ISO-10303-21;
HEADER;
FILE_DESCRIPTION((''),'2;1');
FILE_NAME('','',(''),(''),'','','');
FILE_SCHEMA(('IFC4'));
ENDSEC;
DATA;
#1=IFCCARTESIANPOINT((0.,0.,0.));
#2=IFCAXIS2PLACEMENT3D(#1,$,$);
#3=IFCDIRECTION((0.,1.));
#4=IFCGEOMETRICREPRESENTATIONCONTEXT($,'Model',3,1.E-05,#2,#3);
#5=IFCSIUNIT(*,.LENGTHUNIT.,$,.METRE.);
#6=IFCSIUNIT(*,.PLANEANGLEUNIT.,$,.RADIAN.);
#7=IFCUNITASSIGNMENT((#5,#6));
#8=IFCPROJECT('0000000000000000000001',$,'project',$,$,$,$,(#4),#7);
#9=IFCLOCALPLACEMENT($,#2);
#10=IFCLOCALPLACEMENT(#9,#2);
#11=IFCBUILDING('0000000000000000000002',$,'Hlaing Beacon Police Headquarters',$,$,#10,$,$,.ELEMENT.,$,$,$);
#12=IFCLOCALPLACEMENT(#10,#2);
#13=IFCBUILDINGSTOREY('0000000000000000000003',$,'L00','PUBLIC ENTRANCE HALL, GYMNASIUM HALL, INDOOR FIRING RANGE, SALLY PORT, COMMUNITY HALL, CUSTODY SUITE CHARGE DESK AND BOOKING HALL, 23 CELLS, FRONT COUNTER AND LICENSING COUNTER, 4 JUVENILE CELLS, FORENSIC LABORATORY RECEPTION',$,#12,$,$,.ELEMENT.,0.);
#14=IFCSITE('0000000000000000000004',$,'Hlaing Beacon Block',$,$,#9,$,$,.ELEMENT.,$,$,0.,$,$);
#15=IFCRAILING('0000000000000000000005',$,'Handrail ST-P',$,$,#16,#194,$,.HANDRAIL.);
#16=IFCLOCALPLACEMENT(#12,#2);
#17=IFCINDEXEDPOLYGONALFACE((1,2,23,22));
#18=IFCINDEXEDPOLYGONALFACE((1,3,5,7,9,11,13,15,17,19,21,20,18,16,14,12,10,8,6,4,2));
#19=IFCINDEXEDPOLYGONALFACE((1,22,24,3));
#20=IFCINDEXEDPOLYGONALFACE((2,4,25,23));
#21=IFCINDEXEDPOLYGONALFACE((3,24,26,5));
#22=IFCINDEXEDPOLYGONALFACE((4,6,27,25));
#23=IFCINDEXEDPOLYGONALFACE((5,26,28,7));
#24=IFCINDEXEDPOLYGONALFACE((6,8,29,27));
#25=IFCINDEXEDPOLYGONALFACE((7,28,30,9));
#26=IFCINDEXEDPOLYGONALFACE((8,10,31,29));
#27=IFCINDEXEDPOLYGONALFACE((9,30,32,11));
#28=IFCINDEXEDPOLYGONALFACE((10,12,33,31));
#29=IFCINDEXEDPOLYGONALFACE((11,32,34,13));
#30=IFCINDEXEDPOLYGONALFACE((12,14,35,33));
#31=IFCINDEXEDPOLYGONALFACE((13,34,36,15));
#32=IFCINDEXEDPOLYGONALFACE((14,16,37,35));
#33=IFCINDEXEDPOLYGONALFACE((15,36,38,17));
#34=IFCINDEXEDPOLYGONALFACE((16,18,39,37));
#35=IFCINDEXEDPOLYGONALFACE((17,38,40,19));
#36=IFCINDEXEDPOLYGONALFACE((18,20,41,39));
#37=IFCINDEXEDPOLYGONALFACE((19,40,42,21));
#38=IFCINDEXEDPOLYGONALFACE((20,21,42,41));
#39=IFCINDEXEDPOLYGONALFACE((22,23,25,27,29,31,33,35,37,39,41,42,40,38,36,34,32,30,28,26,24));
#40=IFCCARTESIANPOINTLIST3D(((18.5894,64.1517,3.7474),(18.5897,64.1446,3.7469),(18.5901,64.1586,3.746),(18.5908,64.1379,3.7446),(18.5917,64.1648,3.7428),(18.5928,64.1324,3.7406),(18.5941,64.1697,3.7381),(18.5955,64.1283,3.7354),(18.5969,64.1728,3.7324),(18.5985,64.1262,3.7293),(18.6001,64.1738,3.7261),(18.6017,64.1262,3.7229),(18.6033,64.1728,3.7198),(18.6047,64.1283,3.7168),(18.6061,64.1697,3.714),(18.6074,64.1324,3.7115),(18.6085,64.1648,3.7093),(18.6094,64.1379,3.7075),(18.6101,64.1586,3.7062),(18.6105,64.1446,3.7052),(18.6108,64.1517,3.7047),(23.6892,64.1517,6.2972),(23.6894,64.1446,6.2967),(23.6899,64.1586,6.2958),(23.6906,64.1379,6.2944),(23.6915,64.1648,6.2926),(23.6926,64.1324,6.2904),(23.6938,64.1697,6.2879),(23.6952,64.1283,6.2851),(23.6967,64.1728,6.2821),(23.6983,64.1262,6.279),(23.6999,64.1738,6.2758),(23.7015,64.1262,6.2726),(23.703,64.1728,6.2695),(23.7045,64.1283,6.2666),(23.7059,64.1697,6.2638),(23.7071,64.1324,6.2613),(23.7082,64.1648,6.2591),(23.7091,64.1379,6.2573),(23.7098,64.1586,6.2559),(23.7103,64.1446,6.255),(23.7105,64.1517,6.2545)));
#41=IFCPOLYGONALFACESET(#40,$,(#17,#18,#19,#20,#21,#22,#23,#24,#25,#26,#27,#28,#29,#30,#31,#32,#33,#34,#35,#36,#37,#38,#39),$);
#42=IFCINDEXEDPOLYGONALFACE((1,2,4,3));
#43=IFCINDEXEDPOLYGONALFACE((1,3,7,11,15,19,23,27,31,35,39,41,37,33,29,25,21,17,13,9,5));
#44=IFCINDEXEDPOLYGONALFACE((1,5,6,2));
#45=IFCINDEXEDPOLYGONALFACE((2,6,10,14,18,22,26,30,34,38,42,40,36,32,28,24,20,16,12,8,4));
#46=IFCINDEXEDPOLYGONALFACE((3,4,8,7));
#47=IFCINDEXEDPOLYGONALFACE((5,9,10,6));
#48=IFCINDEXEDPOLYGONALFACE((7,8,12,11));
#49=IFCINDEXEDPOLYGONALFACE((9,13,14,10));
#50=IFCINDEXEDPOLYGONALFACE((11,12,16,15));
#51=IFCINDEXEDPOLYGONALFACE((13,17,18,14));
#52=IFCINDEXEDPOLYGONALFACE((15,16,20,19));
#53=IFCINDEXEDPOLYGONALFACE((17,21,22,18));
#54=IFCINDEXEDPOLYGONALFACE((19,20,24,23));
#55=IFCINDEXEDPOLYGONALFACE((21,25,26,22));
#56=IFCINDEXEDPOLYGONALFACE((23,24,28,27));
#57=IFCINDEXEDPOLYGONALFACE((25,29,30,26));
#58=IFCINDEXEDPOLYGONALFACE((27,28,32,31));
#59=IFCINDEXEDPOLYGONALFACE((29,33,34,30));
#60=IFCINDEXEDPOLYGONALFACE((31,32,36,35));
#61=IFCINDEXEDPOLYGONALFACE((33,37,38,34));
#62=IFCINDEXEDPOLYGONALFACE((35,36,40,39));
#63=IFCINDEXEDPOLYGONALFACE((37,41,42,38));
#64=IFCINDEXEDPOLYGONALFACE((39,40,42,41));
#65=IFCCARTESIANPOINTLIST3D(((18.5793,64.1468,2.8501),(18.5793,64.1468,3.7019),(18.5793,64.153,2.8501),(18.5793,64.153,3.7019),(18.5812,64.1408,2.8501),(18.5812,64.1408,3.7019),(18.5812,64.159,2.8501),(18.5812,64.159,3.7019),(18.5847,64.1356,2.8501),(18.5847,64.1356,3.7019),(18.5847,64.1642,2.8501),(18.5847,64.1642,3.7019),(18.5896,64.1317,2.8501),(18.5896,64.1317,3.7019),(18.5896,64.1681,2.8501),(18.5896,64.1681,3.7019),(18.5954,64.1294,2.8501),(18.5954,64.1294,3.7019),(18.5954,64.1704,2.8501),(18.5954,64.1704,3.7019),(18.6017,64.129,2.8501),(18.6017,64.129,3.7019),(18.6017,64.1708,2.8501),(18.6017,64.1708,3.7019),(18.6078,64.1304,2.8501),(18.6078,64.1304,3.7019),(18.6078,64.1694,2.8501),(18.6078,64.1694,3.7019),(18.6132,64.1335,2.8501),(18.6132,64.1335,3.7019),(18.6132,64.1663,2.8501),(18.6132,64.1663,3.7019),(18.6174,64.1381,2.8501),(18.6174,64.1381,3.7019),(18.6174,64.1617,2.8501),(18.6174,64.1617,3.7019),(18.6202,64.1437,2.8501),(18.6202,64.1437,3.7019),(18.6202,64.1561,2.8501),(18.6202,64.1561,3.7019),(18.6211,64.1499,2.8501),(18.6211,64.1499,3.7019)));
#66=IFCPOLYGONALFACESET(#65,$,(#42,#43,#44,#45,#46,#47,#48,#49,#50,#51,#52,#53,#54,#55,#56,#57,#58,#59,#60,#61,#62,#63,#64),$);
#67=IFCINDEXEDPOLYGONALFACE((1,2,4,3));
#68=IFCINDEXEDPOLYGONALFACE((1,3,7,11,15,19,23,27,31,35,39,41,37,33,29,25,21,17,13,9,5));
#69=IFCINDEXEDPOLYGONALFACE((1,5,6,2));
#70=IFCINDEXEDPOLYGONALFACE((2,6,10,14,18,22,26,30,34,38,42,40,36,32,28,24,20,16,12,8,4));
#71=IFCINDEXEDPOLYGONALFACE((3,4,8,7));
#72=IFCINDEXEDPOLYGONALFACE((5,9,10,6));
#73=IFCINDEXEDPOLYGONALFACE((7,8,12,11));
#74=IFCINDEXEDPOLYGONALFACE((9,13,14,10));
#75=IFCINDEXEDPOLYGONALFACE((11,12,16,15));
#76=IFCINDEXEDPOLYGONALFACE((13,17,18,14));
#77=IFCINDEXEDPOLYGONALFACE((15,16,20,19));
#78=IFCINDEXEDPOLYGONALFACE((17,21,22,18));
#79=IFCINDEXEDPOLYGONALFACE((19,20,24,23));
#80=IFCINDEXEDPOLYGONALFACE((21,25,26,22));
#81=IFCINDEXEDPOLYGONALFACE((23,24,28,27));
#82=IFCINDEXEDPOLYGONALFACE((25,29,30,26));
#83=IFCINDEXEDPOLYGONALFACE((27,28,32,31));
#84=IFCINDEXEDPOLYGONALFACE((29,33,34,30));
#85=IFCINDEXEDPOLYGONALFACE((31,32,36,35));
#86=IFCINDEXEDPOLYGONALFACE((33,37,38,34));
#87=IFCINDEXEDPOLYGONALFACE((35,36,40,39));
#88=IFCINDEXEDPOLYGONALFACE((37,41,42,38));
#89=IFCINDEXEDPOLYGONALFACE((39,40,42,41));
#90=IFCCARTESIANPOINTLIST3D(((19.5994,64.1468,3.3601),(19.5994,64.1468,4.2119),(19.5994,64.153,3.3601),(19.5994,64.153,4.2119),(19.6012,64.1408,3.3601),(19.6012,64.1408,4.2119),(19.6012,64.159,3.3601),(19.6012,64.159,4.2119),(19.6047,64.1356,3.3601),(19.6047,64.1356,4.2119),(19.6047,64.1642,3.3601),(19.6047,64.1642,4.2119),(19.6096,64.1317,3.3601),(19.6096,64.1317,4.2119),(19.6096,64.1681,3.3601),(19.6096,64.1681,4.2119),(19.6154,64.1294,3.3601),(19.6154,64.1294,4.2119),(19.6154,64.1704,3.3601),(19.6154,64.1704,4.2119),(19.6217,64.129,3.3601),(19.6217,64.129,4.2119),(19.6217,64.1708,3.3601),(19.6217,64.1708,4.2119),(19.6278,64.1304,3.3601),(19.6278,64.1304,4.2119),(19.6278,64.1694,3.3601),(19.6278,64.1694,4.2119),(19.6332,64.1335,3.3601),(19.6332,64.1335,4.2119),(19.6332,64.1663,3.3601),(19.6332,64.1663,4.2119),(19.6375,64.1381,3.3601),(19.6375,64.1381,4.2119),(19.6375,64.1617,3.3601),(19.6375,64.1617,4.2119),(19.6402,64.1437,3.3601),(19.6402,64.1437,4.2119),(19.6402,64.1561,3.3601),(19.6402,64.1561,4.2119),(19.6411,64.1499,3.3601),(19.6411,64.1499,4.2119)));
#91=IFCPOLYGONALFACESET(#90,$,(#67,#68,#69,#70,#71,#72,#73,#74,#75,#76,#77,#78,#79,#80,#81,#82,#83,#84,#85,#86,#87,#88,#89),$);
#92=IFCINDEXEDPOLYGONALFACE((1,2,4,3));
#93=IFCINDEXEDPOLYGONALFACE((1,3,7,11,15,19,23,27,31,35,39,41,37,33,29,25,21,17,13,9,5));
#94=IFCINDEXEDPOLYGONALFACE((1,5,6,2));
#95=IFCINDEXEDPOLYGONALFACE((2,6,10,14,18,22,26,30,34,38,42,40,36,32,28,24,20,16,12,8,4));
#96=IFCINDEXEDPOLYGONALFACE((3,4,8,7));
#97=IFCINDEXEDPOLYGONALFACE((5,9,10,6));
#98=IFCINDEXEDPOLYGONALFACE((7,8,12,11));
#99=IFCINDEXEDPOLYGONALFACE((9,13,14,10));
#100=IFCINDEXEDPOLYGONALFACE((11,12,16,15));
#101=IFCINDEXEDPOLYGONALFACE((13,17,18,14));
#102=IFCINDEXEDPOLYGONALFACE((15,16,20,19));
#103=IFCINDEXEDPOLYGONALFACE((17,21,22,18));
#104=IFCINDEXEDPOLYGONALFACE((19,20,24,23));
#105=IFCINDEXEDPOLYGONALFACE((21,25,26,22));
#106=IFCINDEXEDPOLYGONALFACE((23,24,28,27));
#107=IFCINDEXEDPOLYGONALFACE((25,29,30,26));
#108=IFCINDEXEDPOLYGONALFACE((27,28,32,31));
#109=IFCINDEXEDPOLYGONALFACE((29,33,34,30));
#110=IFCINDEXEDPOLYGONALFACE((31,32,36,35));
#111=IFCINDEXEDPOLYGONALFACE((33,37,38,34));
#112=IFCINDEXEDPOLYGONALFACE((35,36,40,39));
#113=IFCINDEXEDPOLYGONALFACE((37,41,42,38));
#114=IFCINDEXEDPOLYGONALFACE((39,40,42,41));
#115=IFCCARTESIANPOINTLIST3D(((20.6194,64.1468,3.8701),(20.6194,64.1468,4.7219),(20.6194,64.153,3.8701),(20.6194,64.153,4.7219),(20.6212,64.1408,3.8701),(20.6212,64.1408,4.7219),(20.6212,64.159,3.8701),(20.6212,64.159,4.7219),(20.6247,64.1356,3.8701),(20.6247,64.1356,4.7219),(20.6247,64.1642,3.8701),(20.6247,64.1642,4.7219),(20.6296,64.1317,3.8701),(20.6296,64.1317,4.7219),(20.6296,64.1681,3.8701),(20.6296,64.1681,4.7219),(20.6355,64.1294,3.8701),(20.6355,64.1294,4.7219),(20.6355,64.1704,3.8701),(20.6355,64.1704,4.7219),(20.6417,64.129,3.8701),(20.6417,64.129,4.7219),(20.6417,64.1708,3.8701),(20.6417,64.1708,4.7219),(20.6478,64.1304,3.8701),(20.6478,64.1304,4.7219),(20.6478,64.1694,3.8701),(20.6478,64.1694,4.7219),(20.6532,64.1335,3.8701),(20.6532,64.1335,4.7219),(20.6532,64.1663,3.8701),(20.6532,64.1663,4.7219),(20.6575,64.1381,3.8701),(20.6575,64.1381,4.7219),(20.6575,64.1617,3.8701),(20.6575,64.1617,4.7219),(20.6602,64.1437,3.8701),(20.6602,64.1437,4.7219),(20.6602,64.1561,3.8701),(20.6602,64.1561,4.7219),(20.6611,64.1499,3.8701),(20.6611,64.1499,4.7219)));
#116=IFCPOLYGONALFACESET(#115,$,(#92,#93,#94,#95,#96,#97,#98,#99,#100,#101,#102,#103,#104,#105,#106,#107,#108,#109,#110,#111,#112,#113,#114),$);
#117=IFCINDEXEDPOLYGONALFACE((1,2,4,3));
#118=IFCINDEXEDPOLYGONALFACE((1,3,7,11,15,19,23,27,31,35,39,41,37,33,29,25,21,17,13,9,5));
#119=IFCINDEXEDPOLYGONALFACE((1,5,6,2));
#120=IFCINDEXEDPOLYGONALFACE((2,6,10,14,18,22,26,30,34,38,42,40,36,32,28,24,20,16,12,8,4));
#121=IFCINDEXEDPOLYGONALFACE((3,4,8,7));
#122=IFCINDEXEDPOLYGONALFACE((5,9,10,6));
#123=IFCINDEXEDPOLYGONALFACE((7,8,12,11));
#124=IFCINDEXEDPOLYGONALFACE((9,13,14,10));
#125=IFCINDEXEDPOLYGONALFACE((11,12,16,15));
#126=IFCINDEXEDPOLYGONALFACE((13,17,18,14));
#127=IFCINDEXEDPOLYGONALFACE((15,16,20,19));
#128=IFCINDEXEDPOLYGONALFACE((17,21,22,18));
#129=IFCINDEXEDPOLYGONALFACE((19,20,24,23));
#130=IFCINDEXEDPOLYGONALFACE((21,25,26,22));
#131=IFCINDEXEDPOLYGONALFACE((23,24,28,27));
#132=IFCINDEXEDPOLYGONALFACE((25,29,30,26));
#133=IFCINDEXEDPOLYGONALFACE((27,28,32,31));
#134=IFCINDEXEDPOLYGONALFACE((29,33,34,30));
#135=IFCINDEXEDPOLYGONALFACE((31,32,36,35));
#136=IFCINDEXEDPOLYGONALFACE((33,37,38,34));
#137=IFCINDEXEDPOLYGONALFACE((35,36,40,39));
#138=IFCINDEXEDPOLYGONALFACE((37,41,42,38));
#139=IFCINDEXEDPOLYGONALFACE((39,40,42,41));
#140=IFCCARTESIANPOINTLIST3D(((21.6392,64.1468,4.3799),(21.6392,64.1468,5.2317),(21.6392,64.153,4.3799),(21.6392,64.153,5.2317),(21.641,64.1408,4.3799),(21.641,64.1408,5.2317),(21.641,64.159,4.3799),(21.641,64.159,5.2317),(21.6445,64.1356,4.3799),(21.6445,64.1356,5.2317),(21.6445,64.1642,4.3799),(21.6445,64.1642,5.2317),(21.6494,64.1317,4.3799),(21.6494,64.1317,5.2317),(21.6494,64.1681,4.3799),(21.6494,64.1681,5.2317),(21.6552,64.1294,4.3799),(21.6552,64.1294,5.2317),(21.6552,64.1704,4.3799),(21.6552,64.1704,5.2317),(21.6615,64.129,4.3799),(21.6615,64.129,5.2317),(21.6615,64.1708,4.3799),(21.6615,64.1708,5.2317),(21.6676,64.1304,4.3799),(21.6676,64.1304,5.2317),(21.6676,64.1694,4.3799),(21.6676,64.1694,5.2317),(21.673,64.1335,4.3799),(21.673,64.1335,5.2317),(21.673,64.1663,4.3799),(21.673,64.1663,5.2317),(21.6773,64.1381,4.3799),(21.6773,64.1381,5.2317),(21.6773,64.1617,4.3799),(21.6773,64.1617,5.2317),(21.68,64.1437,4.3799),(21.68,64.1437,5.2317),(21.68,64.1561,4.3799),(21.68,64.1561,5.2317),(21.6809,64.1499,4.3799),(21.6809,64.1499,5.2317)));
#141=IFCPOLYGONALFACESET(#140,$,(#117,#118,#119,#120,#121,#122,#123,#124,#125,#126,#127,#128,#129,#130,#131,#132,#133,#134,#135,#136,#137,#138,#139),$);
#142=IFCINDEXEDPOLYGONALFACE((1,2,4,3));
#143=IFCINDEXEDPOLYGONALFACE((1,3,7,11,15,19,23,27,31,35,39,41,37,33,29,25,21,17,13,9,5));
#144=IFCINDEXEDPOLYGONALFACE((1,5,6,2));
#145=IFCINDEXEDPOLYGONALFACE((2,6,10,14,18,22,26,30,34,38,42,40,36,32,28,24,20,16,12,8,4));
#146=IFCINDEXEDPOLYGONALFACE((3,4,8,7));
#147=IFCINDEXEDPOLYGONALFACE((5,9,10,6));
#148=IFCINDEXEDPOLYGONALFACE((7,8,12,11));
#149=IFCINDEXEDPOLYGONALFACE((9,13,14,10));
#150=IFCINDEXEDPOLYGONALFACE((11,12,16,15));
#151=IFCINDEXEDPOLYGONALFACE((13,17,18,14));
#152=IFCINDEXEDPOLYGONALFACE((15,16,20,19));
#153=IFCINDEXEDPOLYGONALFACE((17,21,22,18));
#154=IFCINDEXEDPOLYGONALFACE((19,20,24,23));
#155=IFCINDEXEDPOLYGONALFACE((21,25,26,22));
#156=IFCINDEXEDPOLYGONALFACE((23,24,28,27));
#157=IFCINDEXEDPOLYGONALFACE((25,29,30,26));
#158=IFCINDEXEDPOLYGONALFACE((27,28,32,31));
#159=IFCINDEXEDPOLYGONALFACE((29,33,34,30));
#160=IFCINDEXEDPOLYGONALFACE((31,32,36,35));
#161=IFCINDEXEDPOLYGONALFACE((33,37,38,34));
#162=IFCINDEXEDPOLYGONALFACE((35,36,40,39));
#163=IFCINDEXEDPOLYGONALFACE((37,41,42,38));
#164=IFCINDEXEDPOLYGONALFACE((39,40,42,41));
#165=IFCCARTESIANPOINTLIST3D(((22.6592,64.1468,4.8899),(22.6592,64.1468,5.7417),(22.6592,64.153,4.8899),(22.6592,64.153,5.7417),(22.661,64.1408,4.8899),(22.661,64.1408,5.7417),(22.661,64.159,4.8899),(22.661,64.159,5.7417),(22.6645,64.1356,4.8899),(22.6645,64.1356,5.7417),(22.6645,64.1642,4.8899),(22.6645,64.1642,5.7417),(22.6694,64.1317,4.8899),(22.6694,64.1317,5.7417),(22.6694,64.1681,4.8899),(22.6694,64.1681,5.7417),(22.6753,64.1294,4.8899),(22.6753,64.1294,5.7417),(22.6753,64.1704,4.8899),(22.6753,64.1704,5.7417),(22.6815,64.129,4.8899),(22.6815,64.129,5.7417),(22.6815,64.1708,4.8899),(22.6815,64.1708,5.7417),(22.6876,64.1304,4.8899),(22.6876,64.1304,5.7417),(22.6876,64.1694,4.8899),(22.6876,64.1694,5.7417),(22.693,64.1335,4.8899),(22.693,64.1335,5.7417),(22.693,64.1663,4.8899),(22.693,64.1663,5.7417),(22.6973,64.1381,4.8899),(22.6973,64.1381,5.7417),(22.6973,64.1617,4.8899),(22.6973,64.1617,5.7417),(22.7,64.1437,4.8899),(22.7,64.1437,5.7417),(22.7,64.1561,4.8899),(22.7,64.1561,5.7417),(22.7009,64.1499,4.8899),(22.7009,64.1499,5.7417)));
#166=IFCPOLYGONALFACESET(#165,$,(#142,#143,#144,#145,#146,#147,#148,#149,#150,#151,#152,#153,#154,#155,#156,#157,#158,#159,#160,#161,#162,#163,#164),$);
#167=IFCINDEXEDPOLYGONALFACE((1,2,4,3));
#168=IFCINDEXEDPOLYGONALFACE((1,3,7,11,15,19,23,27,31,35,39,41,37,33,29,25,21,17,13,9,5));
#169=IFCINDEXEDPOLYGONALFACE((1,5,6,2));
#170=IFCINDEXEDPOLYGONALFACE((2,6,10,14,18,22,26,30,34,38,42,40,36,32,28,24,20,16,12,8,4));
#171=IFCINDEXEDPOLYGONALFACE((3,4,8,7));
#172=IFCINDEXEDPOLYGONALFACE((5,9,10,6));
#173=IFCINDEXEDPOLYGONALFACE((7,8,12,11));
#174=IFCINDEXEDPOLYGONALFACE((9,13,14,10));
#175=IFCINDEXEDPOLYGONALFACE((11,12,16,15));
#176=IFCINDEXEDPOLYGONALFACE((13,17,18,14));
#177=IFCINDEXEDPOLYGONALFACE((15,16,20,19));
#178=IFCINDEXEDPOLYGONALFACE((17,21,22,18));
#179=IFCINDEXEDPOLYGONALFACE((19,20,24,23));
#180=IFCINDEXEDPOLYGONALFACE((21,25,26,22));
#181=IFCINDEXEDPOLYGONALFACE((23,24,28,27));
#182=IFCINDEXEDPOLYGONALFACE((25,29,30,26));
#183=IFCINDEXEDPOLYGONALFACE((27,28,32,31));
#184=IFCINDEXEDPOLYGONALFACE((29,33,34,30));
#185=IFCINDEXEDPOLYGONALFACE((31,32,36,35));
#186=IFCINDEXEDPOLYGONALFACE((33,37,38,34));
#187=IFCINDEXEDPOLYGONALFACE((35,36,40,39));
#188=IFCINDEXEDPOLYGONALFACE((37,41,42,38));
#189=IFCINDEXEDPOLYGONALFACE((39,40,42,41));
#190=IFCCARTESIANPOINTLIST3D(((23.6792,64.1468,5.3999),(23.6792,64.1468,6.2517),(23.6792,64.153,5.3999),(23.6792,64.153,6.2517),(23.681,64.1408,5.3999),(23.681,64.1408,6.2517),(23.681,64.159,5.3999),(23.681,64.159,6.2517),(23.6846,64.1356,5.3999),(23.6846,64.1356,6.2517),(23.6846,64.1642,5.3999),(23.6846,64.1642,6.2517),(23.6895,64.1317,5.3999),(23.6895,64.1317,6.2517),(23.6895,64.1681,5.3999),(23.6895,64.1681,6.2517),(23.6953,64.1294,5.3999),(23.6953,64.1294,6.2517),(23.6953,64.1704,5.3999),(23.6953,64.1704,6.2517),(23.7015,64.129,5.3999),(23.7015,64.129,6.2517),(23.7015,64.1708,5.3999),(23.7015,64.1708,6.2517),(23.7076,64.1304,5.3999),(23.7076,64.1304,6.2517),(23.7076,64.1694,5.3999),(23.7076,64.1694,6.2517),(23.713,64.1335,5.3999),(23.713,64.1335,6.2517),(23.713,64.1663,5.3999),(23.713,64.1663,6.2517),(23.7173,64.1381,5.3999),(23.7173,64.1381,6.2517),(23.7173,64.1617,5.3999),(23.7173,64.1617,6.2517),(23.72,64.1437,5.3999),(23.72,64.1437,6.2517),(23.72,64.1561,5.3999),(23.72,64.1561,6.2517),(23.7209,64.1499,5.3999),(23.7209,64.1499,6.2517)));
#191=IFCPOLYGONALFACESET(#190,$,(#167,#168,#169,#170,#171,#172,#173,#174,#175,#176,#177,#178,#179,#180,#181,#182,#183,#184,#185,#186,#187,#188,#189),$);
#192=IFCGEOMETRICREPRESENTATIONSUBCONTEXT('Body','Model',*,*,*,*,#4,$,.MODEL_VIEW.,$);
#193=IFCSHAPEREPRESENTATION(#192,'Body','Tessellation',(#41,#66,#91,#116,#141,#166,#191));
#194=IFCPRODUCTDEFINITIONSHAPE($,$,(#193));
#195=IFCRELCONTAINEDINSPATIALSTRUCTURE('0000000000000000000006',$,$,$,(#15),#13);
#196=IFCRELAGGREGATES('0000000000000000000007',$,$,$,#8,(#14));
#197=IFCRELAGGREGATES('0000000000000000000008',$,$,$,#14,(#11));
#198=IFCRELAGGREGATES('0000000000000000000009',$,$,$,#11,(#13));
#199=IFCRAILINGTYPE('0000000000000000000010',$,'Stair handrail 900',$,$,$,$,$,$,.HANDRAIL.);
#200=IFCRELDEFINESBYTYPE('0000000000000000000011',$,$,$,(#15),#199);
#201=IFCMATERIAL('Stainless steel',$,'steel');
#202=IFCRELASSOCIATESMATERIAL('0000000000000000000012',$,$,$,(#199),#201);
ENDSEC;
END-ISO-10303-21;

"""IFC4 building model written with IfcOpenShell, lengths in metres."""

from ifc_helpers import new_model, si_unit, direction, frame, origin, origin_2d, place, context, subcontext, project, spatial, circle, extrude, material, type_object, element, save


model = new_model("IFC4")

# Units and contexts
model_context = context("Model", 3, precision=1e-05, world=origin(), true_north=direction((0.0, 1.0)))
body_context = subcontext(model_context, "Body", "Model", "MODEL_VIEW")
ifc_project = project(units=[si_unit("LENGTHUNIT", "METRE"), si_unit("PLANEANGLEUNIT", "RADIAN")], contexts=[model_context])

# Site, building, storey
site_placement = place(None, origin())
site = spatial("IfcSite", under=ifc_project, at=site_placement, Name="Hlaing Beacon Block", CompositionType="ELEMENT", RefElevation=0.0)
building_placement = place(site_placement, origin())
building = spatial("IfcBuilding", under=site, at=building_placement, Name="Hlaing Beacon Police Headquarters", CompositionType="ELEMENT")
storey_placement = place(building_placement, origin())
storey = spatial("IfcBuildingStorey", under=building, at=storey_placement, Name="L00", Description="PUBLIC ENTRANCE HALL, GYMNASIUM HALL, INDOOR FIRING RANGE, SALLY PORT, COMMUNITY HALL, CUSTODY SUITE CHARGE DESK AND BOOKING HALL, 23 CELLS, FRONT COUNTER AND LICENSING COUNTER, 4 JUVENILE CELLS, FORENSIC LABORATORY RECEPTION", CompositionType="ELEMENT", Elevation=0.0)

# Railing
ifc_material_1 = material(Name="Stainless steel", Category="steel")
railing_type_1 = type_object("IfcRailingType", Name="Stair handrail 900", PredefinedType="HANDRAIL", material=ifc_material_1)
for number, where, name in (
    (1, (18.6001, 64.1499, 2.8501), "Handrail ST-P"),
):
    element("IfcRailing", number, at=place(storey_placement, frame(where)), inside=storey, type_object=railing_type_1, Name=name, PredefinedType="HANDRAIL", context=body_context, shape_type="SweptSolid", body=[
        extrude(circle(Radius=0.0239, at=origin_2d()), frame((0.0, 0.0, 0.876), z_axis=(0.894436, 0.0, 0.447196), x_axis=(0.0, 1.0, 0.0)), (0.0, 0.0, 1.0), 5.7017),
        extrude(circle(Radius=0.021, at=origin_2d()), origin(), (0.0, 0.0, 1.0), 0.8518),
        extrude(circle(Radius=0.021, at=origin_2d()), frame((1.02, 0.0, 0.51)), (0.0, 0.0, 1.0), 0.8518),
        extrude(circle(Radius=0.021, at=origin_2d()), frame((2.04, 0.0, 1.02)), (0.0, 0.0, 1.0), 0.8518),
        extrude(circle(Radius=0.021, at=origin_2d()), frame((3.0598, 0.0, 1.5298)), (0.0, 0.0, 1.0), 0.8518),
        extrude(circle(Radius=0.021, at=origin_2d()), frame((4.0798, 0.0, 2.0398)), (0.0, 0.0, 1.0), 0.8518),
        extrude(circle(Radius=0.021, at=origin_2d()), frame((5.0999, 0.0, 2.5498)), (0.0, 0.0, 1.0), 0.8518),
    ])

save(model, "model.ifc")
